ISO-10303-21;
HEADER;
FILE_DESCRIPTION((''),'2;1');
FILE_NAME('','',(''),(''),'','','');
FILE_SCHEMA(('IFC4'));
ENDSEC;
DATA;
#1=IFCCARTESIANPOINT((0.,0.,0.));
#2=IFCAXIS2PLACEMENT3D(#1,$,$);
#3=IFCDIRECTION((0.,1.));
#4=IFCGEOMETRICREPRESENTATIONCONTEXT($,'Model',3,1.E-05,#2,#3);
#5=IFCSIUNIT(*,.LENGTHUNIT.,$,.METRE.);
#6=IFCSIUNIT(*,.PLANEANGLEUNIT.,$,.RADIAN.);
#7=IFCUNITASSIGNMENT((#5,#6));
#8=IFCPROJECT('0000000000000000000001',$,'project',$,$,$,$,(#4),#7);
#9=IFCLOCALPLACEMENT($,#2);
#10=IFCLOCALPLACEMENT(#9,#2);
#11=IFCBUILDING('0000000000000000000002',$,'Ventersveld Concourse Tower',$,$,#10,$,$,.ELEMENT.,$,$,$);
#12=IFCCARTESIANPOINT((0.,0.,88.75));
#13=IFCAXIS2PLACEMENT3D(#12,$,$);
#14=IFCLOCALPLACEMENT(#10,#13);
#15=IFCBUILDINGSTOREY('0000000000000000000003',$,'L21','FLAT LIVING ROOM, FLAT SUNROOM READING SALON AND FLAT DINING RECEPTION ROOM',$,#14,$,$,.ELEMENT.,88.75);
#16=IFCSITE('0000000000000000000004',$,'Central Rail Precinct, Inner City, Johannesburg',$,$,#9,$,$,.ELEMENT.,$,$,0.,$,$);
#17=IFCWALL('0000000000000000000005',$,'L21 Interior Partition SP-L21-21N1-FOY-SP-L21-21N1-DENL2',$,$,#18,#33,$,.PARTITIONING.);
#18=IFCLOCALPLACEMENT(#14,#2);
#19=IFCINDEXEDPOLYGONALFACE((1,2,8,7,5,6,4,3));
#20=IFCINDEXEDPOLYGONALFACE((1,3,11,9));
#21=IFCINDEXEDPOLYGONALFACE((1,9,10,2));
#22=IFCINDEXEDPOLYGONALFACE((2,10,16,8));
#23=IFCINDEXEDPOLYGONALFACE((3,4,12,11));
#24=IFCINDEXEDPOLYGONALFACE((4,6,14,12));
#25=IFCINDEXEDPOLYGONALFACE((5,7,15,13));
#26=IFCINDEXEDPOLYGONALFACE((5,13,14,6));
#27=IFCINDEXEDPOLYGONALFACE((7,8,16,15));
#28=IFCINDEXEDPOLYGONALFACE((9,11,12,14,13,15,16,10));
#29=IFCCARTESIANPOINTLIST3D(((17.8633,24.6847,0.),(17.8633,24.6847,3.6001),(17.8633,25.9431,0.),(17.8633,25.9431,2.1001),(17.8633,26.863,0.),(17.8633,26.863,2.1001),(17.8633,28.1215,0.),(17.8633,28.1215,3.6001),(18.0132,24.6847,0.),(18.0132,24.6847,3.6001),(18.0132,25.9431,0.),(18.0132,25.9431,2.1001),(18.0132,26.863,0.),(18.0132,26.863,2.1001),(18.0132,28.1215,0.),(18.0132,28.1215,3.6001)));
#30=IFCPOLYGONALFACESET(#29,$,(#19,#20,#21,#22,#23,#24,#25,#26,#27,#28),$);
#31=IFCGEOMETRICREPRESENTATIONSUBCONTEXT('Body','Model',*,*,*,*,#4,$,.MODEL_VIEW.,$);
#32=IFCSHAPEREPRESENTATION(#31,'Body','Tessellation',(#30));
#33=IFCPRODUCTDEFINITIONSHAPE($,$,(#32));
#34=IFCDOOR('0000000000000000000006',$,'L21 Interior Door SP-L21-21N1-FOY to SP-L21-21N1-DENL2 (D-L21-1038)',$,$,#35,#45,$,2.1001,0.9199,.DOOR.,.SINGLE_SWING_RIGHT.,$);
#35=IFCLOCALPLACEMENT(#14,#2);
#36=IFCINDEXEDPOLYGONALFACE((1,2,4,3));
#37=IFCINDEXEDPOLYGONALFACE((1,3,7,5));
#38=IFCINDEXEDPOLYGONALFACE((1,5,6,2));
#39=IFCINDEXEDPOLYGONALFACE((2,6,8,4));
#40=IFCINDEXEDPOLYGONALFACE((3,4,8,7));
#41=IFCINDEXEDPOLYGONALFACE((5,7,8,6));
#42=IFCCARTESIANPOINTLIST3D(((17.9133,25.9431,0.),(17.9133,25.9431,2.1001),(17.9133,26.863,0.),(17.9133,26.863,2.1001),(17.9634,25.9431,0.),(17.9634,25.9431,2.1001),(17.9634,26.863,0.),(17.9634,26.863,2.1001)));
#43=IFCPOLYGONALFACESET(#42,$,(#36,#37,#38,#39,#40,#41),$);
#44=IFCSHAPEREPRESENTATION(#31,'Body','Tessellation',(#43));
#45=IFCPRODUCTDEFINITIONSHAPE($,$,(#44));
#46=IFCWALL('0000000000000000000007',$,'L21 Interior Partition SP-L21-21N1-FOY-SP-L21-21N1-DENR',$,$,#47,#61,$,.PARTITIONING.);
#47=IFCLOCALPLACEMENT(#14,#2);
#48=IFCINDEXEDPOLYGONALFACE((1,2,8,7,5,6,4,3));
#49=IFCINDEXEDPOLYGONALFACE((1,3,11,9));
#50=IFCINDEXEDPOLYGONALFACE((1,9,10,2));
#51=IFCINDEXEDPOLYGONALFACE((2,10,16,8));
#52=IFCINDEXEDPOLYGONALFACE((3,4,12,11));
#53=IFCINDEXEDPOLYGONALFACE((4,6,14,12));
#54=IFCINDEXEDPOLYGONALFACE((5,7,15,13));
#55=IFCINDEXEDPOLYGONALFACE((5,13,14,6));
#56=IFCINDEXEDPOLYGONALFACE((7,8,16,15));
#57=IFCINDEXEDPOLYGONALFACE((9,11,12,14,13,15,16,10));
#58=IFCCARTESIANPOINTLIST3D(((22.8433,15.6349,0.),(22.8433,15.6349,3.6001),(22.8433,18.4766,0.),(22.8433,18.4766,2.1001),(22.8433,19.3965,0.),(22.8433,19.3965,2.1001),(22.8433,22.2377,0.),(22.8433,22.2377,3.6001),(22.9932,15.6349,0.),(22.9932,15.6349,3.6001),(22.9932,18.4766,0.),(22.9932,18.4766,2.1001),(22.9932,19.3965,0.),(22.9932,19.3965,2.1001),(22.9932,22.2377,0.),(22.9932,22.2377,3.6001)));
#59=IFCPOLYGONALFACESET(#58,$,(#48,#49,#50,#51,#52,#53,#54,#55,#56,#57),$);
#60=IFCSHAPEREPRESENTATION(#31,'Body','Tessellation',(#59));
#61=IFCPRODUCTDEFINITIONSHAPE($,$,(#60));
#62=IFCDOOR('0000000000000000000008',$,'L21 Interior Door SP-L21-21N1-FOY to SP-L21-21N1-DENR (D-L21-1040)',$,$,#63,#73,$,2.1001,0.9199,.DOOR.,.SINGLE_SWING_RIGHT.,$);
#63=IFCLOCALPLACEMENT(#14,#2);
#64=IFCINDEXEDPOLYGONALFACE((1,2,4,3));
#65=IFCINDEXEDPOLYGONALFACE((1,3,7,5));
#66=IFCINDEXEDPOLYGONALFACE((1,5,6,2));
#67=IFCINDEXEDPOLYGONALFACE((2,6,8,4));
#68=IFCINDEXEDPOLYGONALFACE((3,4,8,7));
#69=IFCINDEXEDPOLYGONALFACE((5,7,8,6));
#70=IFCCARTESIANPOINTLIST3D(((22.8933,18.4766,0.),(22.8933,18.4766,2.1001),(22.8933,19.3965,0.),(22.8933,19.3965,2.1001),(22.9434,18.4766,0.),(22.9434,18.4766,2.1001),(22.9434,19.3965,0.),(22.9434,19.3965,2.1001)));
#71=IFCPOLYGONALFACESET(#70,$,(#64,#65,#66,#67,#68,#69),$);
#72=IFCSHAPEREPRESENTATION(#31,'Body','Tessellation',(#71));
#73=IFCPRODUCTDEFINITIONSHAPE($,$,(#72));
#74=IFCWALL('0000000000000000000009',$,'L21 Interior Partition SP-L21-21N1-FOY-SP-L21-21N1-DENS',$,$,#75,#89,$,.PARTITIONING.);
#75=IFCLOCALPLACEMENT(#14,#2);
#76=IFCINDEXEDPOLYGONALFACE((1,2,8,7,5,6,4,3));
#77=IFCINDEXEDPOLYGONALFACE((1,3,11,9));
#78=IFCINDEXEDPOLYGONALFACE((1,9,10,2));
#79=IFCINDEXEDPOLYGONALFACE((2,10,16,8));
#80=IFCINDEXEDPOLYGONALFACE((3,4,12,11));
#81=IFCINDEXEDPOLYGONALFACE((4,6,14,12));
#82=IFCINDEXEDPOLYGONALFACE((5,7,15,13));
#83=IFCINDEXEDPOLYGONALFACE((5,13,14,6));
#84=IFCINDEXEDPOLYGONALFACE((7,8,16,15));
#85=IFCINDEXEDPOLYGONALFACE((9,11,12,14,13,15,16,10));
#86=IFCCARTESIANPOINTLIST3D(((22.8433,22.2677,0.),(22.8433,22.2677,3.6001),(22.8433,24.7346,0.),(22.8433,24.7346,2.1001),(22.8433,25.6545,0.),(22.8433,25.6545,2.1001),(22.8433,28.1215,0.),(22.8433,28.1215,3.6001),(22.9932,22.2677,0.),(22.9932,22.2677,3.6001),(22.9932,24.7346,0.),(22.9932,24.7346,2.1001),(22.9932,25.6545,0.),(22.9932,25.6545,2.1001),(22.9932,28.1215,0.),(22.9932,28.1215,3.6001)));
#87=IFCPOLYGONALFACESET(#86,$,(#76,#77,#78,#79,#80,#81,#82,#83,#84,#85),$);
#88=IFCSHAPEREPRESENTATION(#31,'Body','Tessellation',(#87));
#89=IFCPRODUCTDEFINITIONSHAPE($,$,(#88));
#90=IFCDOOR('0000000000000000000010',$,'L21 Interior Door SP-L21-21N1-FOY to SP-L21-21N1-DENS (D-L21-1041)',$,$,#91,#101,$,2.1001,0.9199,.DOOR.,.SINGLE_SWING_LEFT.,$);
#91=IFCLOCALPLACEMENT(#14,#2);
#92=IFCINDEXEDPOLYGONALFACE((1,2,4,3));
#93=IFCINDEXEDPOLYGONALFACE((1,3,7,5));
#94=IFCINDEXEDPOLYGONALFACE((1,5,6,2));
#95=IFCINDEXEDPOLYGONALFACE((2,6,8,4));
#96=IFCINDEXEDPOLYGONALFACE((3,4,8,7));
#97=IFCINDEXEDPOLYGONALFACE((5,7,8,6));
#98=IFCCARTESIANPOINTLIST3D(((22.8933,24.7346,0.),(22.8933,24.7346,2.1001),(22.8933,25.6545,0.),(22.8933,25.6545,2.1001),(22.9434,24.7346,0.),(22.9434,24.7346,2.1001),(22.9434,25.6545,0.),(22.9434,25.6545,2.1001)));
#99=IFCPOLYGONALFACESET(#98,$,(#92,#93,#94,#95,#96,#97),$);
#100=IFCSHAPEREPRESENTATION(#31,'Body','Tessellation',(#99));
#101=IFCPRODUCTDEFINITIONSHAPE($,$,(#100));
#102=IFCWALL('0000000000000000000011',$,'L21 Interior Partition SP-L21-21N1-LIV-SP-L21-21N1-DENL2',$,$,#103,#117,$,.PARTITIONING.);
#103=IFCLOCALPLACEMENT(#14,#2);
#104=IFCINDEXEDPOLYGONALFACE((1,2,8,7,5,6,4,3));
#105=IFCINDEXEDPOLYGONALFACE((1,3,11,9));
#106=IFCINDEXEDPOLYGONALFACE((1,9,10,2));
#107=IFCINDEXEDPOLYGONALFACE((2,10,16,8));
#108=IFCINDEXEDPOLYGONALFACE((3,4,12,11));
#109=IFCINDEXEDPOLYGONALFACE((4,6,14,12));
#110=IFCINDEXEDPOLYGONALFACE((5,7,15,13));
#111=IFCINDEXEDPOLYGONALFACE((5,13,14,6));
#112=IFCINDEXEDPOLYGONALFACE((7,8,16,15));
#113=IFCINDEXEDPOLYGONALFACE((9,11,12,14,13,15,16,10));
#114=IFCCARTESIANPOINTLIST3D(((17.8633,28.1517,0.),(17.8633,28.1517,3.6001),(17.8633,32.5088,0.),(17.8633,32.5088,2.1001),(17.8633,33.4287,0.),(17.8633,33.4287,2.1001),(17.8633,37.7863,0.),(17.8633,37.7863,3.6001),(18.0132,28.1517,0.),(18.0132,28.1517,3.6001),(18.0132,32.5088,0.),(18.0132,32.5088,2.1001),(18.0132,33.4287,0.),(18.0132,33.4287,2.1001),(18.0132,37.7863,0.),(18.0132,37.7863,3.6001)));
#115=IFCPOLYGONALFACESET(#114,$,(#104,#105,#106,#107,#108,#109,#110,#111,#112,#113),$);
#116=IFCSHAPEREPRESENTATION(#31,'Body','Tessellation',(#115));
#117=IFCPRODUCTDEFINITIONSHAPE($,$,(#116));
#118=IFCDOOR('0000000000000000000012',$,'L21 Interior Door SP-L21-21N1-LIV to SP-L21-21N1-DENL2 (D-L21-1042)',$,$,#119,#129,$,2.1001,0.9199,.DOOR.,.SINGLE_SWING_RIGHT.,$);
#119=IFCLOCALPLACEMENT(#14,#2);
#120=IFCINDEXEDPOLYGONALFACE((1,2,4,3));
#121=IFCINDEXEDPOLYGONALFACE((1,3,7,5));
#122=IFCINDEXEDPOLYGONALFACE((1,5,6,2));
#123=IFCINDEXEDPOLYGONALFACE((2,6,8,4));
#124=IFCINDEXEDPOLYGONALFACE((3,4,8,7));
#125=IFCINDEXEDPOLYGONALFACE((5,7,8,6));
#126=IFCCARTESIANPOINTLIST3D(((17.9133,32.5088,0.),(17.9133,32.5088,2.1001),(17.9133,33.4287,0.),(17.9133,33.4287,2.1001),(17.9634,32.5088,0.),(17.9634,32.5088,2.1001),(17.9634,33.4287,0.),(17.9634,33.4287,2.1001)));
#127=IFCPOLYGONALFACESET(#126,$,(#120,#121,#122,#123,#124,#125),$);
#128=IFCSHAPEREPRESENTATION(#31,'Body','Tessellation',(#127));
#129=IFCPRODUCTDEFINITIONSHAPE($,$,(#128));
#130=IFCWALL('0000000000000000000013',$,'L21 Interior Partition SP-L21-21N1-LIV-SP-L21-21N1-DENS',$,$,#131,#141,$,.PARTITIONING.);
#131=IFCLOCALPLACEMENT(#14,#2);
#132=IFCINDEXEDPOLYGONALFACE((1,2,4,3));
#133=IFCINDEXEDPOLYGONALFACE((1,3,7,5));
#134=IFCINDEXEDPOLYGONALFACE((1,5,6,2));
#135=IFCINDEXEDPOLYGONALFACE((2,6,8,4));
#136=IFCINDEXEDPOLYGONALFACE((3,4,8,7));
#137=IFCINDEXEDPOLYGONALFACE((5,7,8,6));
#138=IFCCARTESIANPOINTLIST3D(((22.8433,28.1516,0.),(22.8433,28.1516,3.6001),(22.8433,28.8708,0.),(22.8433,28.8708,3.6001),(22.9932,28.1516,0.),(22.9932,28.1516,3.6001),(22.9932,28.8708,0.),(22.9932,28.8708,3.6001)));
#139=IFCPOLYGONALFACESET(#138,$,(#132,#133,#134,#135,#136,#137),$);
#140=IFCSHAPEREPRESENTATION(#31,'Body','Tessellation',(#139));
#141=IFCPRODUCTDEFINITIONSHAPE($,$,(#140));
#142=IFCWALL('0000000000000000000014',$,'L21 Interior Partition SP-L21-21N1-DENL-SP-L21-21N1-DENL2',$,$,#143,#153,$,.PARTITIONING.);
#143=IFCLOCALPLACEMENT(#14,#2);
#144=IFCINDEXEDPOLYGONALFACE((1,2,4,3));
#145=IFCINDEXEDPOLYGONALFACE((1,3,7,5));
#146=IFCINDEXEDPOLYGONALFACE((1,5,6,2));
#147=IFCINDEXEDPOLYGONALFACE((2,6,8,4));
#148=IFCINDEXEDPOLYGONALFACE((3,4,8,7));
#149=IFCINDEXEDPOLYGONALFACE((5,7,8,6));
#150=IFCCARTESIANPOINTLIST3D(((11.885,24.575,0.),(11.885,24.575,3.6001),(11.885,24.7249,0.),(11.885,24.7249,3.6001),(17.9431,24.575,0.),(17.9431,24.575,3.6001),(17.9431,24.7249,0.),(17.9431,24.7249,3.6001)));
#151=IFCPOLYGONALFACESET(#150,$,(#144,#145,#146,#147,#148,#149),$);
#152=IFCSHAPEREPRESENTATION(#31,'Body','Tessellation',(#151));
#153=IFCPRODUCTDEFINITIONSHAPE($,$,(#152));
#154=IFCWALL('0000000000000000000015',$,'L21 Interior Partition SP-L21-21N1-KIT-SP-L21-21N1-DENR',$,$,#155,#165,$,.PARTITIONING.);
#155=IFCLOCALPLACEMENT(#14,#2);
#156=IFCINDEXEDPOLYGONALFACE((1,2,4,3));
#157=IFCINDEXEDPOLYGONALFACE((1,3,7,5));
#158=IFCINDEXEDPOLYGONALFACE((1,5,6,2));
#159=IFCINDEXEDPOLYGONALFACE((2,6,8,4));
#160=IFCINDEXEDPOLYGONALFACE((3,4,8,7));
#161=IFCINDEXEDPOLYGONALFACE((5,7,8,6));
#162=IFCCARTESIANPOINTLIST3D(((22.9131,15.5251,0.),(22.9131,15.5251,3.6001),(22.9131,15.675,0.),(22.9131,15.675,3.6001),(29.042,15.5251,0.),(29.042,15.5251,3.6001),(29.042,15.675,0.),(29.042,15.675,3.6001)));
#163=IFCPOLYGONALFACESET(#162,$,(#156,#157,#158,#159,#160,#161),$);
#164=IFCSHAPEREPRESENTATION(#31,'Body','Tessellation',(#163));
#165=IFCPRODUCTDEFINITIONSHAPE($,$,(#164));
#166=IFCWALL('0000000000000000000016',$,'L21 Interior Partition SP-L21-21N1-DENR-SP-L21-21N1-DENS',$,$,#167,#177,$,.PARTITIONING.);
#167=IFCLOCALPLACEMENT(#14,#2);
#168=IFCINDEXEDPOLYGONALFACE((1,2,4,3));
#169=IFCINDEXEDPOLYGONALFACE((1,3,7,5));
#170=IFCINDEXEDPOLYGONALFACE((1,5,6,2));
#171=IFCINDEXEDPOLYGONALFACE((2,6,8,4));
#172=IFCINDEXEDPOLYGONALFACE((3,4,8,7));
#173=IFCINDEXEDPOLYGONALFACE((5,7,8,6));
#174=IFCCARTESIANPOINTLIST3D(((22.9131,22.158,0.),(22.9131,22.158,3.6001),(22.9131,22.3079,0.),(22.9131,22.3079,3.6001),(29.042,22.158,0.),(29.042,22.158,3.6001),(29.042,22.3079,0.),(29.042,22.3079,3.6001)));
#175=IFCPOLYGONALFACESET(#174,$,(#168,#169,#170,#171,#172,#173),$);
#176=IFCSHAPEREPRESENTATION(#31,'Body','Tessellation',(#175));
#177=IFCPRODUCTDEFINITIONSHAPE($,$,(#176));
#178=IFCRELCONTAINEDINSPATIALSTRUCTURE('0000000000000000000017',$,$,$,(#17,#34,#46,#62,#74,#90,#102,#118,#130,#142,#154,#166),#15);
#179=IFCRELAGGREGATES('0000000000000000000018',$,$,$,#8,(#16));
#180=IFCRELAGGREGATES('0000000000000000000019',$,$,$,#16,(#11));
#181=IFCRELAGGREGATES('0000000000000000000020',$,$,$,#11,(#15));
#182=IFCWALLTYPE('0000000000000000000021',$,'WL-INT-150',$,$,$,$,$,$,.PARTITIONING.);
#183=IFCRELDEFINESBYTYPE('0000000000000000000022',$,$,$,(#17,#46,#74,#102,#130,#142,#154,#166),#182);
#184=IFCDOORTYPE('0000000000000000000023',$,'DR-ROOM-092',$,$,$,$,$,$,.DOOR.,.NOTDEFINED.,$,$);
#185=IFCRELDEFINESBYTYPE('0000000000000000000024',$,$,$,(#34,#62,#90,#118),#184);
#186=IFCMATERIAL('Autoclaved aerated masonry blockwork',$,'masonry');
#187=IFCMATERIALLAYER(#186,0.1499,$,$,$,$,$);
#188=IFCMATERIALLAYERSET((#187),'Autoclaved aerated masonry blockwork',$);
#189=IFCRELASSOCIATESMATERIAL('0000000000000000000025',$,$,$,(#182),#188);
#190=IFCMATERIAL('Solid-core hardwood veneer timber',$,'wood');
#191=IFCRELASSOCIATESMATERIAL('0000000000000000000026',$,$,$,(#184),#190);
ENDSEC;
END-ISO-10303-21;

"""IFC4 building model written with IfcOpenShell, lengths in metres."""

from ifc_helpers import new_model, si_unit, direction, frame, frame_2d, origin, place, context, subcontext, project, spatial, rectangle, extrude, material, layer, layer_set, type_object, element, fill, save


model = new_model("IFC4")

# Units and contexts
model_context = context("Model", 3, precision=1e-05, world=origin(), true_north=direction((0.0, 1.0)))
body_context = subcontext(model_context, "Body", "Model", "MODEL_VIEW")
ifc_project = project(units=[si_unit("LENGTHUNIT", "METRE"), si_unit("PLANEANGLEUNIT", "RADIAN")], contexts=[model_context])

# Site, building, storey
site_placement = place(None, origin())
site = spatial("IfcSite", under=ifc_project, at=site_placement, Name="Central Rail Precinct, Inner City, Johannesburg", CompositionType="ELEMENT", RefElevation=0.0)
building_placement = place(site_placement, origin())
building = spatial("IfcBuilding", under=site, at=building_placement, Name="Ventersveld Concourse Tower", CompositionType="ELEMENT")
storey_placement = place(building_placement, frame((0.0, 0.0, 88.75)))
storey = spatial("IfcBuildingStorey", under=building, at=storey_placement, Name="L21", Description="FLAT LIVING ROOM, FLAT SUNROOM READING SALON AND FLAT DINING RECEPTION ROOM", CompositionType="ELEMENT", Elevation=88.75)

# Walls, openings, doors
ifc_material_1 = material(Name="Autoclaved aerated masonry blockwork", Category="masonry")
ifc_layer_1 = layer(ifc_material_1, 0.1499)
ifc_layer_set_1 = layer_set([ifc_layer_1], Name="Autoclaved aerated masonry blockwork")
wall_type_1 = type_object("IfcWallType", Name="WL-INT-150", PredefinedType="PARTITIONING", material=ifc_layer_set_1)
ifc_material_2 = material(Name="Solid-core hardwood veneer timber", Category="wood")
door_type = type_object("IfcDoorType", Name="DR-ROOM-092", OperationType="NOTDEFINED", PredefinedType="DOOR", material=ifc_material_2)
wall_1_placement = place(storey_placement, frame((17.9382, 24.6848, 0.0), z_axis=(0.0, 0.0, 1.0), x_axis=(0.0, 1.0, 0.0)))
wall_1 = element("IfcWall", 1, at=wall_1_placement, inside=storey, type_object=wall_type_1, Name="L21 Interior Partition SP-L21-21N1-FOY-SP-L21-21N1-DENL2", PredefinedType="PARTITIONING", context=body_context, shape_type="SweptSolid", body=[
    extrude(rectangle(XDim=3.4368, YDim=0.1499, at=frame_2d((1.7183, 0.0))), origin(), (0.0, 0.0, 1.0), 3.6001),
])
opening_1_placement = place(wall_1_placement, frame((1.2583, 0.0, 0.0)))
opening_1 = element("IfcOpeningElement", 2, at=opening_1_placement, cuts=wall_1, PredefinedType="OPENING", context=body_context, shape_type="SweptSolid", body=[
    extrude(rectangle(XDim=0.9199, YDim=2.1001, at=frame_2d((0.46, 1.05))), frame((0.0, 0.085, 0.0), z_axis=(0.0, -1.0, 0.0), x_axis=(1.0, 0.0, 0.0)), (0.0, 0.0, 1.0), 0.1699),
])
door_1_placement = place(opening_1_placement, origin())
door_1 = element("IfcDoor", 3, at=door_1_placement, inside=storey, type_object=door_type, Name="L21 Interior Door SP-L21-21N1-FOY to SP-L21-21N1-DENL2 (D-L21-1038)", OperationType="SINGLE_SWING_RIGHT", OverallHeight=2.1001, OverallWidth=0.9199, PredefinedType="DOOR", context=body_context, shape_type="SweptSolid", body=[
    extrude(rectangle(XDim=0.9199, YDim=2.1001, at=frame_2d((0.46, 1.05))), frame((0.0, 0.0249, 0.0), z_axis=(0.0, -1.0, 0.0), x_axis=(1.0, 0.0, 0.0)), (0.0, 0.0, 1.0), 0.05),
])
fill(opening_1, door_1)
wall_2_placement = place(storey_placement, frame((22.9182, 15.635, 0.0), z_axis=(0.0, 0.0, 1.0), x_axis=(0.0, 1.0, 0.0)))
wall_2 = element("IfcWall", 4, at=wall_2_placement, inside=storey, type_object=wall_type_1, Name="L21 Interior Partition SP-L21-21N1-FOY-SP-L21-21N1-DENR", PredefinedType="PARTITIONING", context=body_context, shape_type="SweptSolid", body=[
    extrude(rectangle(XDim=6.6028, YDim=0.1499, at=frame_2d((3.3013, 0.0))), origin(), (0.0, 0.0, 1.0), 3.6001),
])
opening_2_placement = place(wall_2_placement, frame((2.8416, 0.0, 0.0)))
opening_2 = element("IfcOpeningElement", 5, at=opening_2_placement, cuts=wall_2, PredefinedType="OPENING", context=body_context, shape_type="SweptSolid", body=[
    extrude(rectangle(XDim=0.9199, YDim=2.1001, at=frame_2d((0.46, 1.05))), frame((0.0, 0.085, 0.0), z_axis=(0.0, -1.0, 0.0), x_axis=(1.0, 0.0, 0.0)), (0.0, 0.0, 1.0), 0.1699),
])
door_2_placement = place(opening_2_placement, origin())
door_2 = element("IfcDoor", 6, at=door_2_placement, inside=storey, type_object=door_type, Name="L21 Interior Door SP-L21-21N1-FOY to SP-L21-21N1-DENR (D-L21-1040)", OperationType="SINGLE_SWING_RIGHT", OverallHeight=2.1001, OverallWidth=0.9199, PredefinedType="DOOR", context=body_context, shape_type="SweptSolid", body=[
    extrude(rectangle(XDim=0.9199, YDim=2.1001, at=frame_2d((0.46, 1.05))), frame((0.0, 0.0249, 0.0), z_axis=(0.0, -1.0, 0.0), x_axis=(1.0, 0.0, 0.0)), (0.0, 0.0, 1.0), 0.05),
])
fill(opening_2, door_2)
wall_3_placement = place(storey_placement, frame((22.9182, 22.2678, 0.0), z_axis=(0.0, 0.0, 1.0), x_axis=(0.0, 1.0, 0.0)))
wall_3 = element("IfcWall", 7, at=wall_3_placement, inside=storey, type_object=wall_type_1, Name="L21 Interior Partition SP-L21-21N1-FOY-SP-L21-21N1-DENS", PredefinedType="PARTITIONING", context=body_context, shape_type="SweptSolid", body=[
    extrude(rectangle(XDim=5.8538, YDim=0.1499, at=frame_2d((2.9268, 0.0))), origin(), (0.0, 0.0, 1.0), 3.6001),
])
opening_3_placement = place(wall_3_placement, frame((2.4668, 0.0, 0.0)))
opening_3 = element("IfcOpeningElement", 8, at=opening_3_placement, cuts=wall_3, PredefinedType="OPENING", context=body_context, shape_type="SweptSolid", body=[
    extrude(rectangle(XDim=0.9199, YDim=2.1001, at=frame_2d((0.46, 1.05))), frame((0.0, 0.085, 0.0), z_axis=(0.0, -1.0, 0.0), x_axis=(1.0, 0.0, 0.0)), (0.0, 0.0, 1.0), 0.1699),
])
door_3_placement = place(opening_3_placement, origin())
door_3 = element("IfcDoor", 9, at=door_3_placement, inside=storey, type_object=door_type, Name="L21 Interior Door SP-L21-21N1-FOY to SP-L21-21N1-DENS (D-L21-1041)", OperationType="SINGLE_SWING_LEFT", OverallHeight=2.1001, OverallWidth=0.9199, PredefinedType="DOOR", context=body_context, shape_type="SweptSolid", body=[
    extrude(rectangle(XDim=0.9199, YDim=2.1001, at=frame_2d((0.46, 1.05))), frame((0.0, 0.0249, 0.0), z_axis=(0.0, -1.0, 0.0), x_axis=(1.0, 0.0, 0.0)), (0.0, 0.0, 1.0), 0.05),
])
fill(opening_3, door_3)
wall_4_placement = place(storey_placement, frame((17.9382, 28.1516, 0.0), z_axis=(0.0, 0.0, 1.0), x_axis=(0.0, 1.0, 0.0)))
wall_4 = element("IfcWall", 10, at=wall_4_placement, inside=storey, type_object=wall_type_1, Name="L21 Interior Partition SP-L21-21N1-LIV-SP-L21-21N1-DENL2", PredefinedType="PARTITIONING", context=body_context, shape_type="SweptSolid", body=[
    extrude(rectangle(XDim=9.6345, YDim=0.1499, at=frame_2d((4.8174, 0.0))), origin(), (0.0, 0.0, 1.0), 3.6001),
])
opening_4_placement = place(wall_4_placement, frame((4.3572, 0.0, 0.0)))
opening_4 = element("IfcOpeningElement", 11, at=opening_4_placement, cuts=wall_4, PredefinedType="OPENING", context=body_context, shape_type="SweptSolid", body=[
    extrude(rectangle(XDim=0.9199, YDim=2.1001, at=frame_2d((0.46, 1.05))), frame((0.0, 0.085, 0.0), z_axis=(0.0, -1.0, 0.0), x_axis=(1.0, 0.0, 0.0)), (0.0, 0.0, 1.0), 0.1699),
])
door_4_placement = place(opening_4_placement, origin())
door_4 = element("IfcDoor", 12, at=door_4_placement, inside=storey, type_object=door_type, Name="L21 Interior Door SP-L21-21N1-LIV to SP-L21-21N1-DENL2 (D-L21-1042)", OperationType="SINGLE_SWING_RIGHT", OverallHeight=2.1001, OverallWidth=0.9199, PredefinedType="DOOR", context=body_context, shape_type="SweptSolid", body=[
    extrude(rectangle(XDim=0.9199, YDim=2.1001, at=frame_2d((0.46, 1.05))), frame((0.0, 0.0249, 0.0), z_axis=(0.0, -1.0, 0.0), x_axis=(1.0, 0.0, 0.0)), (0.0, 0.0, 1.0), 0.05),
])
fill(opening_4, door_4)

# Walls
wall_5_placement = place(storey_placement, frame((22.9182, 28.1516, 0.0), z_axis=(0.0, 0.0, 1.0), x_axis=(0.0, 1.0, 0.0)))
element("IfcWall", 13, at=wall_5_placement, inside=storey, type_object=wall_type_1, Name="L21 Interior Partition SP-L21-21N1-LIV-SP-L21-21N1-DENS", PredefinedType="PARTITIONING", context=body_context, shape_type="SweptSolid", body=[
    extrude(rectangle(XDim=0.7192, YDim=0.1499, at=frame_2d((0.3596, 0.0))), origin(), (0.0, 0.0, 1.0), 3.6001),
])
wall_6_placement = place(storey_placement, frame((11.885, 24.6499, 0.0), z_axis=(0.0, 0.0, 1.0), x_axis=(1.0, 0.0, 0.0)))
element("IfcWall", 14, at=wall_6_placement, inside=storey, type_object=wall_type_1, Name="L21 Interior Partition SP-L21-21N1-DENL-SP-L21-21N1-DENL2", PredefinedType="PARTITIONING", context=body_context, shape_type="SweptSolid", body=[
    extrude(rectangle(XDim=6.0581, YDim=0.1499, at=frame_2d((3.0291, 0.0))), origin(), (0.0, 0.0, 1.0), 3.6001),
])
for number, where, z_axis, x_axis, name in (
    (15, (22.9131, 15.6001, 0.0), (0.0, 0.0, 1.0), (1.0, 0.0, 0.0), "L21 Interior Partition SP-L21-21N1-KIT-SP-L21-21N1-DENR"),
    (16, (22.9131, 22.2329, 0.0), (0.0, 0.0, 1.0), (1.0, 0.0, 0.0), "L21 Interior Partition SP-L21-21N1-DENR-SP-L21-21N1-DENS"),
):
    element("IfcWall", number, at=place(storey_placement, frame(where, z_axis=z_axis, x_axis=x_axis)), inside=storey, type_object=wall_type_1, Name=name, PredefinedType="PARTITIONING", context=body_context, shape_type="SweptSolid", body=[
        extrude(rectangle(XDim=6.1289, YDim=0.1499, at=frame_2d((3.0645, 0.0))), origin(), (0.0, 0.0, 1.0), 3.6001),
    ])

save(model, "model.ifc")
